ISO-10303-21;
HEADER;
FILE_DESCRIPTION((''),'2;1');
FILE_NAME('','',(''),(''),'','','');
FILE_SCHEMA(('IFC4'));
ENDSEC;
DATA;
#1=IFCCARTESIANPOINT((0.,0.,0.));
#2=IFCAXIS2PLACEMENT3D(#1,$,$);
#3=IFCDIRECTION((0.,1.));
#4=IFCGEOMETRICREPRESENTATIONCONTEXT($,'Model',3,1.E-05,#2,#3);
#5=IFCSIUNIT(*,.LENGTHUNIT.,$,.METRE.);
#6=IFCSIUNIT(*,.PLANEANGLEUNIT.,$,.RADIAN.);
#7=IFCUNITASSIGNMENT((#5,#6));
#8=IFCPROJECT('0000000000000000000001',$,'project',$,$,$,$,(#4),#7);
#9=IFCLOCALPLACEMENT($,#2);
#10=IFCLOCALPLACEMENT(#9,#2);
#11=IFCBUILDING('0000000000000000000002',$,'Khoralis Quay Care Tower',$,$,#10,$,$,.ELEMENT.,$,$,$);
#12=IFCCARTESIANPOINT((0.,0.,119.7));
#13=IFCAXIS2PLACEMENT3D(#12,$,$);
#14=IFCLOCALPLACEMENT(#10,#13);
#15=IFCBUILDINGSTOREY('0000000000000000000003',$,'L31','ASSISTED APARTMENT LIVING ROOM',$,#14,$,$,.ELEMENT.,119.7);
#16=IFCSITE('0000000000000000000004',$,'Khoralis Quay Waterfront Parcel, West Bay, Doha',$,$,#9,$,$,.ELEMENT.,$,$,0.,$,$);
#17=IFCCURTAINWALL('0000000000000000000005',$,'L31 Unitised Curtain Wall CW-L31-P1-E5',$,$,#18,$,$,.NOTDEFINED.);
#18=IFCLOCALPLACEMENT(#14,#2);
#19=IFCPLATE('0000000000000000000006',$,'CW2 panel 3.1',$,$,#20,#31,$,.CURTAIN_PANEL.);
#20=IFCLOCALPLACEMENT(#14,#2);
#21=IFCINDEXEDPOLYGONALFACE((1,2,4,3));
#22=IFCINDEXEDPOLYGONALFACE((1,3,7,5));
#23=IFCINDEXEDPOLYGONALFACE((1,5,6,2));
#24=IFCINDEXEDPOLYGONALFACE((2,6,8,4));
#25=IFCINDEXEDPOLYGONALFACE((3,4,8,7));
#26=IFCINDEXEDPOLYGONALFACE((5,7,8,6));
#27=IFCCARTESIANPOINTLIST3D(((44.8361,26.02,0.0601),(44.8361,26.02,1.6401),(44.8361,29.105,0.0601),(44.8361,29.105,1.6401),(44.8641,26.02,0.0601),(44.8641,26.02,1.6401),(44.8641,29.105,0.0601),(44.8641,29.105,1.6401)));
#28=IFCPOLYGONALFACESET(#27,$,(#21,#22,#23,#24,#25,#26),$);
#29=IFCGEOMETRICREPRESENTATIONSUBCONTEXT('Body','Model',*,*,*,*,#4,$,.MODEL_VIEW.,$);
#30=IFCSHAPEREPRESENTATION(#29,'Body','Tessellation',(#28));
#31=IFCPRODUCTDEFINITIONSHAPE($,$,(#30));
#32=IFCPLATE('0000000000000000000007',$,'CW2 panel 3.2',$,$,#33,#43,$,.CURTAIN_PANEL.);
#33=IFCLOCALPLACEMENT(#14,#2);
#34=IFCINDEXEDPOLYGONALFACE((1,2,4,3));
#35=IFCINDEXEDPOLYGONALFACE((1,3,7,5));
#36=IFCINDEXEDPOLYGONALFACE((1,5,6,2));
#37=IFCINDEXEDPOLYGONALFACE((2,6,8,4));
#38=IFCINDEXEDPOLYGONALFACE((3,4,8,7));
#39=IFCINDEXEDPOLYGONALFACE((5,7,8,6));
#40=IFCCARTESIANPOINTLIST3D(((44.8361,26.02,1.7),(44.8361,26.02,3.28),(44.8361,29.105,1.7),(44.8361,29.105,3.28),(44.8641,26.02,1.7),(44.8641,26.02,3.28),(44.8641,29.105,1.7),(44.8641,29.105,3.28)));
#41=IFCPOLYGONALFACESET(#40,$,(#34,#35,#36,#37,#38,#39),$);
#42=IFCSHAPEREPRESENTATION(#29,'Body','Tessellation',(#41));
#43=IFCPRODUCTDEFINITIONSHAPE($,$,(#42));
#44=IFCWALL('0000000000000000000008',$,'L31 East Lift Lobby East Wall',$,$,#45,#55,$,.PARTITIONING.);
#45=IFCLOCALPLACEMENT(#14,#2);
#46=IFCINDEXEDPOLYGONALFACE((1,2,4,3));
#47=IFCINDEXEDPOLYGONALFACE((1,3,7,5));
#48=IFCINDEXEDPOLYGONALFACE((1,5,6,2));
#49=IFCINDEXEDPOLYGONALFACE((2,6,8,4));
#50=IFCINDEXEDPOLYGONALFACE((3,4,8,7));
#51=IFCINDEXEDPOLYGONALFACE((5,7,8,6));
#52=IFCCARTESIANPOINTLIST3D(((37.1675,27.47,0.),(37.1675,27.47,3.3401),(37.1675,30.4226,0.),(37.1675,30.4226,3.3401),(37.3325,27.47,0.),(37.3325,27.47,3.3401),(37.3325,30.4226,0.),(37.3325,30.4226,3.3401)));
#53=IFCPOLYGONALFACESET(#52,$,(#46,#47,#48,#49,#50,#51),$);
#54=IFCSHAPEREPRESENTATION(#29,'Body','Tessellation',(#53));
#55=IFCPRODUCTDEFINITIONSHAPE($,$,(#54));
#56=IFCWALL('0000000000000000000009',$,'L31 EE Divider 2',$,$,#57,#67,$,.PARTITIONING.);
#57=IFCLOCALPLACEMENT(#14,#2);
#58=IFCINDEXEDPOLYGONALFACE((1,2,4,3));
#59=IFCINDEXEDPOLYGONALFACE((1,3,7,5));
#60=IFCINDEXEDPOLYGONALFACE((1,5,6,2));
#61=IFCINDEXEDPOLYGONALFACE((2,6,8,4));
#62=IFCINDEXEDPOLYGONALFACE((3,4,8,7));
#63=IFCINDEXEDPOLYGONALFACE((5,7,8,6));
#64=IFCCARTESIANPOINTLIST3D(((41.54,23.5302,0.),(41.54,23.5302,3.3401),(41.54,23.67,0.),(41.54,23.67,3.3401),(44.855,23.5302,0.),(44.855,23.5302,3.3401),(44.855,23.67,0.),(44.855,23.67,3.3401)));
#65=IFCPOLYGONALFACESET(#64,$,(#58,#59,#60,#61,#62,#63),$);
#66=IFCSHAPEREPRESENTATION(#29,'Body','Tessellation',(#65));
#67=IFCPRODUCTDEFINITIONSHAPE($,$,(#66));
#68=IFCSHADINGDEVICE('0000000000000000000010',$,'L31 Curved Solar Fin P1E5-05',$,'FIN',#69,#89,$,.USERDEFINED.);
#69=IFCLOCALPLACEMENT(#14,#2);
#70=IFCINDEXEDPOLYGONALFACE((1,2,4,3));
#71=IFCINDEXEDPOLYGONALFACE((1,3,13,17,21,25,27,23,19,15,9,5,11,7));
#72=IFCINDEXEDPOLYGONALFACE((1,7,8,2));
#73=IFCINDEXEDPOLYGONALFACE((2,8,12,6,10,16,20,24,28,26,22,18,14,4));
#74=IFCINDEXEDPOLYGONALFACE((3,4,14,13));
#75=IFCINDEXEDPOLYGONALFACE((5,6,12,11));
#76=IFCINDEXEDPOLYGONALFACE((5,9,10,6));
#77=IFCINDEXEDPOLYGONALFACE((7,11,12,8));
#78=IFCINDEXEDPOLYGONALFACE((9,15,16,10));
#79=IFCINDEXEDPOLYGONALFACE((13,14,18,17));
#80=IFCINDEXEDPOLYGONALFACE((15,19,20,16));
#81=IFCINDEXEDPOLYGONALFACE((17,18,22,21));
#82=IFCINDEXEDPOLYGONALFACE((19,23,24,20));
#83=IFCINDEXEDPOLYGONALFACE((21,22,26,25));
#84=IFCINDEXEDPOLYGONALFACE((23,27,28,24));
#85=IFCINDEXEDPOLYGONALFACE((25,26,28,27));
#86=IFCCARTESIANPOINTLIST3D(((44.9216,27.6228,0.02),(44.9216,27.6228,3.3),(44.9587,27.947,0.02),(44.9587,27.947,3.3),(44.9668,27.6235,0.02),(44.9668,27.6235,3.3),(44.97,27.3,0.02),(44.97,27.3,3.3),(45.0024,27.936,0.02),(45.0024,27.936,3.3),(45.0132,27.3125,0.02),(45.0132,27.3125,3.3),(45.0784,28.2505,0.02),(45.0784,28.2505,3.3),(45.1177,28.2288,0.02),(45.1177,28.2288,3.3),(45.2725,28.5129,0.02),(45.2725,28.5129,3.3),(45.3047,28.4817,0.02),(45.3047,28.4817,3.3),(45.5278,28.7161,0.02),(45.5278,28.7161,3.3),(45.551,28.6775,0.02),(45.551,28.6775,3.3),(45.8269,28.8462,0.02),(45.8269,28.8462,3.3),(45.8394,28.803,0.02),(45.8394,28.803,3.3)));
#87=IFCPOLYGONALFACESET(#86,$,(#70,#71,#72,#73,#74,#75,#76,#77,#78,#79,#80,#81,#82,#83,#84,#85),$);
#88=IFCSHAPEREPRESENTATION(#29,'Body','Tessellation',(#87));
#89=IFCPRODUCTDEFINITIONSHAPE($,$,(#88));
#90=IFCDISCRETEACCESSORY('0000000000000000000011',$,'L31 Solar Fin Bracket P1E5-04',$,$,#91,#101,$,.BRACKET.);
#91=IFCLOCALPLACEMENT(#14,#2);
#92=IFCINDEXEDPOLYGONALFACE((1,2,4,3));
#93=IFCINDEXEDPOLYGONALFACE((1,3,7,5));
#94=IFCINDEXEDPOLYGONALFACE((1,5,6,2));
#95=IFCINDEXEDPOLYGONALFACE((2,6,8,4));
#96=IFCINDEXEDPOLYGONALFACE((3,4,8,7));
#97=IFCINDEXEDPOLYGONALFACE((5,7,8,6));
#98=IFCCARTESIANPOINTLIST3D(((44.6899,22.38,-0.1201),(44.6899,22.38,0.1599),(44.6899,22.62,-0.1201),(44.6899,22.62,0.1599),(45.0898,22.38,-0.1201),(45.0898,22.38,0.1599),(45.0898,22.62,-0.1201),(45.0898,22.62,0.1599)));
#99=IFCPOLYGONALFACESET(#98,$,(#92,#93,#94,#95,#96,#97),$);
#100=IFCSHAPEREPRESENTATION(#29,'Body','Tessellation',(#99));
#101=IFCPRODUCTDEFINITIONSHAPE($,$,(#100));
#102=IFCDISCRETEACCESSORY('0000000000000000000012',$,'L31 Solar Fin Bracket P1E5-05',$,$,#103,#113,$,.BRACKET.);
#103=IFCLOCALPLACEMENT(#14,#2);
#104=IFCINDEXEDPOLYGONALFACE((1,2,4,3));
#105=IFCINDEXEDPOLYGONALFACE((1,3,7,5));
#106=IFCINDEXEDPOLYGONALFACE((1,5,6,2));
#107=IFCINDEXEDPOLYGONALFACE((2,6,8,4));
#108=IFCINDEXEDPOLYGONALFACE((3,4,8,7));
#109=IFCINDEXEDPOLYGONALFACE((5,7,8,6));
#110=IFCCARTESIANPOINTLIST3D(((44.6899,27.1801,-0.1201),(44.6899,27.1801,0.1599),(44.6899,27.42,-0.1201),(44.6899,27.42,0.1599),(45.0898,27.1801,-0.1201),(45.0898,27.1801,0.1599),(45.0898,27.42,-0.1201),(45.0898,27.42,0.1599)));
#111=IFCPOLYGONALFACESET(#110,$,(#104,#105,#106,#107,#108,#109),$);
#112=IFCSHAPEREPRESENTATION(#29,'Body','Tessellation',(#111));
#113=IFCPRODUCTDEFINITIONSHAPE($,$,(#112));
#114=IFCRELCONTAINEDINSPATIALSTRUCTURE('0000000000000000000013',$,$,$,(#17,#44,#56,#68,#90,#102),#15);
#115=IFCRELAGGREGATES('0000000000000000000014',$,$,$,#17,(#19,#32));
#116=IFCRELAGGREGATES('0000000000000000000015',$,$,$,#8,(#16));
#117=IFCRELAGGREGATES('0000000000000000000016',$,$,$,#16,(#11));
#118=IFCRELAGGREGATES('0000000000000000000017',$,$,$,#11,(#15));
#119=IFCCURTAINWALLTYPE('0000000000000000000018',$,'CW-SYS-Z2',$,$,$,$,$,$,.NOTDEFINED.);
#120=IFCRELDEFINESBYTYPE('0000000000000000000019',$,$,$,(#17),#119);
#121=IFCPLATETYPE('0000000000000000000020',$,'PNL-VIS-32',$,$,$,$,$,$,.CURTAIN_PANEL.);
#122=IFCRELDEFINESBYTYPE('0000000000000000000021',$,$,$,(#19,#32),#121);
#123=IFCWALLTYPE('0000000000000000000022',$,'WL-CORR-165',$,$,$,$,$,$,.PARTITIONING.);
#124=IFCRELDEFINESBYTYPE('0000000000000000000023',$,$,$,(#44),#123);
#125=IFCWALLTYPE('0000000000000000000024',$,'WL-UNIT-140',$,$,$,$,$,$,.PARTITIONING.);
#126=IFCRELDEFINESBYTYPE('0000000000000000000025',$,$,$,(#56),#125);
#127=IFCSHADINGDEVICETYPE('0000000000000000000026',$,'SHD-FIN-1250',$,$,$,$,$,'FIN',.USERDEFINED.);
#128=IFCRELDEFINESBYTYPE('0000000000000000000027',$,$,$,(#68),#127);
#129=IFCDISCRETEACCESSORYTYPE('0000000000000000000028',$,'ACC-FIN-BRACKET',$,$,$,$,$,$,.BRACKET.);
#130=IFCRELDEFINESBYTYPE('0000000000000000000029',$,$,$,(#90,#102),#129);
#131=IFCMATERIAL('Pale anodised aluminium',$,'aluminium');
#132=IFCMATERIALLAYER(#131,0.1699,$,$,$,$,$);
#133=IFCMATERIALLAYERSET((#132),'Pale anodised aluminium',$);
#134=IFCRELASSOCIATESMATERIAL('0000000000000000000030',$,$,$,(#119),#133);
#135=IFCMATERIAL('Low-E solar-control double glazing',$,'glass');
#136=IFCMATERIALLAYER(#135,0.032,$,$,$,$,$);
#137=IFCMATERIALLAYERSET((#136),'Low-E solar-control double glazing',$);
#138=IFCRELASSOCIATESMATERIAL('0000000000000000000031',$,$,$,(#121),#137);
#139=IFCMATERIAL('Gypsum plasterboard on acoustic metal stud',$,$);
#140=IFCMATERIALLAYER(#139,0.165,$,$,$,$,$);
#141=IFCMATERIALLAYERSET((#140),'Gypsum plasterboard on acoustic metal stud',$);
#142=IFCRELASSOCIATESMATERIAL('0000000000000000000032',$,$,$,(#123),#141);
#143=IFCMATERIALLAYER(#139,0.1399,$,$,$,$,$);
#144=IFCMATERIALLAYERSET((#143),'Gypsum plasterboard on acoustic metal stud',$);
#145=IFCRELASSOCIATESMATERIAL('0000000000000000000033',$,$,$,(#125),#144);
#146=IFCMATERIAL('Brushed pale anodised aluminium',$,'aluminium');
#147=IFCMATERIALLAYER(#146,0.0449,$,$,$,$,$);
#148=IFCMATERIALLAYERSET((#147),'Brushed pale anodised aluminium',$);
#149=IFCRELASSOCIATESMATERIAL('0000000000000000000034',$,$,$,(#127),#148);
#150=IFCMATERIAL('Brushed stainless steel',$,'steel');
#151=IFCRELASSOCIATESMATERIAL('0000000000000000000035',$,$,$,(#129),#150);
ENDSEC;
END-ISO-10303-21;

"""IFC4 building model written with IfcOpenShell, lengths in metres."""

from ifc_helpers import new_model, si_unit, direction, frame, frame_2d, origin, origin_2d, place, context, subcontext, project, spatial, polyline, rectangle, outline, extrude, source, transform, mapped, material, layer, layer_set, type_object, element, aggregate, save


model = new_model("IFC4")

# Units and contexts
model_context = context("Model", 3, precision=1e-05, world=origin(), true_north=direction((0.0, 1.0)))
body_context = subcontext(model_context, "Body", "Model", "MODEL_VIEW")
ifc_project = project(units=[si_unit("LENGTHUNIT", "METRE"), si_unit("PLANEANGLEUNIT", "RADIAN")], contexts=[model_context])

# Site, building, storey
site_placement = place(None, origin())
site = spatial("IfcSite", under=ifc_project, at=site_placement, Name="Khoralis Quay Waterfront Parcel, West Bay, Doha", CompositionType="ELEMENT", RefElevation=0.0)
building_placement = place(site_placement, origin())
building = spatial("IfcBuilding", under=site, at=building_placement, Name="Khoralis Quay Care Tower", CompositionType="ELEMENT")
storey_placement = place(building_placement, frame((0.0, 0.0, 119.7)))
storey = spatial("IfcBuildingStorey", under=building, at=storey_placement, Name="L31", Description="ASSISTED APARTMENT LIVING ROOM", CompositionType="ELEMENT", Elevation=119.7)

# Curtain wall, plates
ifc_material_1 = material(Name="Pale anodised aluminium", Category="aluminium")
ifc_layer_1 = layer(ifc_material_1, 0.1699)
ifc_layer_set_1 = layer_set([ifc_layer_1], Name="Pale anodised aluminium")
curtain_wall_type = type_object("IfcCurtainWallType", Name="CW-SYS-Z2", PredefinedType="NOTDEFINED", material=ifc_layer_set_1)
curtain_wall_placement = place(storey_placement, origin())
curtain_wall = element("IfcCurtainWall", 1, at=curtain_wall_placement, inside=storey, type_object=curtain_wall_type, Name="L31 Unitised Curtain Wall CW-L31-P1-E5", PredefinedType="NOTDEFINED")
ifc_material_2 = material(Name="Low-E solar-control double glazing", Category="glass")
ifc_layer_2 = layer(ifc_material_2, 0.032)
ifc_layer_set_2 = layer_set([ifc_layer_2], Name="Low-E solar-control double glazing")
plate_type = type_object("IfcPlateType", Name="PNL-VIS-32", PredefinedType="CURTAIN_PANEL", material=ifc_layer_set_2)
shared_shape_1 = source(origin(), body_context, "Body", "SweptSolid", [
    extrude(rectangle(XDim=3.085, YDim=0.0281, at=origin_2d()), origin(), (0.0, 0.0, 1.0), 1.5801),
])
plate_1_placement = place(storey_placement, frame((44.8501, 27.5625, 0.0601), z_axis=(0.0, 0.0, 1.0), x_axis=(0.0, 1.0, 0.0)))
plate_1 = element("IfcPlate", 2, at=plate_1_placement, type_object=plate_type, Name="CW2 panel 3.1", PredefinedType="CURTAIN_PANEL", context=body_context, shape_type="MappedRepresentation", body=[
    mapped(shared_shape_1, transform((0.0, 0.0, 0.0), scale=1.0)),
])
plate_2_placement = place(storey_placement, frame((44.8501, 27.5625, 1.7), z_axis=(0.0, 0.0, 1.0), x_axis=(0.0, 1.0, 0.0)))
plate_2 = element("IfcPlate", 3, at=plate_2_placement, type_object=plate_type, Name="CW2 panel 3.2", PredefinedType="CURTAIN_PANEL", context=body_context, shape_type="MappedRepresentation", body=[
    mapped(shared_shape_1, transform((0.0, 0.0, 0.0), scale=1.0)),
])
aggregate(curtain_wall, [plate_1, plate_2])

# Walls
ifc_material_3 = material(Name="Gypsum plasterboard on acoustic metal stud")
ifc_layer_3 = layer(ifc_material_3, 0.165)
ifc_layer_set_3 = layer_set([ifc_layer_3], Name="Gypsum plasterboard on acoustic metal stud")
wall_type_1 = type_object("IfcWallType", Name="WL-CORR-165", PredefinedType="PARTITIONING", material=ifc_layer_set_3)
wall_1_placement = place(storey_placement, frame((37.25, 27.47, 0.0), z_axis=(0.0, 0.0, 1.0), x_axis=(0.0, 1.0, 0.0)))
element("IfcWall", 4, at=wall_1_placement, inside=storey, type_object=wall_type_1, Name="L31 East Lift Lobby East Wall", PredefinedType="PARTITIONING", context=body_context, shape_type="SweptSolid", body=[
    extrude(rectangle(XDim=2.9526, YDim=0.165, at=frame_2d((1.4763, 0.0))), origin(), (0.0, 0.0, 1.0), 3.3401),
])
ifc_layer_4 = layer(ifc_material_3, 0.1399)
ifc_layer_set_4 = layer_set([ifc_layer_4], Name="Gypsum plasterboard on acoustic metal stud")
wall_type_2 = type_object("IfcWallType", Name="WL-UNIT-140", PredefinedType="PARTITIONING", material=ifc_layer_set_4)
wall_2_placement = place(storey_placement, frame((41.54, 23.6001, 0.0), z_axis=(0.0, 0.0, 1.0), x_axis=(1.0, 0.0, 0.0)))
element("IfcWall", 5, at=wall_2_placement, inside=storey, type_object=wall_type_2, Name="L31 EE Divider 2", PredefinedType="PARTITIONING", context=body_context, shape_type="SweptSolid", body=[
    extrude(rectangle(XDim=3.3149, YDim=0.1399, at=frame_2d((1.6575, 0.0))), origin(), (0.0, 0.0, 1.0), 3.3401),
])

# Shading device
ifc_material_4 = material(Name="Brushed pale anodised aluminium", Category="aluminium")
ifc_layer_5 = layer(ifc_material_4, 0.0449)
ifc_layer_set_5 = layer_set([ifc_layer_5], Name="Brushed pale anodised aluminium")
shading_device_type = type_object("IfcShadingDeviceType", Name="SHD-FIN-1250", ElementType="FIN", PredefinedType="USERDEFINED", material=ifc_layer_set_5)
shared_shape_2 = source(origin(), body_context, "Body", "SweptSolid", [
    extrude(outline(polyline([(0.0, 0.0), (-0.0483, 0.3228), (-0.0112, 0.647), (0.1084, 0.9504), (0.3025, 1.2129), (0.5579, 1.416), (0.8569, 1.5461), (0.8694, 1.5029), (0.5811, 1.3774), (0.3347, 1.1816), (0.1477, 0.9287), (0.0325, 0.636), (-0.0032, 0.3235), (0.0432, 0.0125), (0.0, 0.0)])), origin(), (0.0, 0.0, 1.0), 3.28),
])
shading_device_placement = place(storey_placement, frame((44.97, 27.3, 0.02), z_axis=(0.0, 0.0, 1.0), x_axis=(1.0, 0.0, 0.0)))
element("IfcShadingDevice", 6, at=shading_device_placement, inside=storey, type_object=shading_device_type, Name="L31 Curved Solar Fin P1E5-05", ObjectType="FIN", PredefinedType="USERDEFINED", context=body_context, shape_type="MappedRepresentation", body=[
    mapped(shared_shape_2, transform((0.0, 0.0, 0.0), scale=1.0)),
])

# Discrete accessories
ifc_material_5 = material(Name="Brushed stainless steel", Category="steel")
discrete_accessory_type = type_object("IfcDiscreteAccessoryType", Name="ACC-FIN-BRACKET", PredefinedType="BRACKET", material=ifc_material_5)
shared_shape_3 = source(origin(), body_context, "Body", "SweptSolid", [
    extrude(rectangle(XDim=0.3999, YDim=0.24, at=origin_2d()), origin(), (0.0, 0.0, 1.0), 0.28),
])
for number, where, z_axis, x_axis, name in (
    (7, (44.8899, 22.5, -0.1201), (0.0, 0.0, 1.0), (1.0, 0.0, 0.0), "L31 Solar Fin Bracket P1E5-04"),
    (8, (44.8899, 27.3, -0.1201), (0.0, 0.0, 1.0), (1.0, 0.0, 0.0), "L31 Solar Fin Bracket P1E5-05"),
):
    element("IfcDiscreteAccessory", number, at=place(storey_placement, frame(where, z_axis=z_axis, x_axis=x_axis)), inside=storey, type_object=discrete_accessory_type, Name=name, PredefinedType="BRACKET", context=body_context, shape_type="MappedRepresentation", body=[
        mapped(shared_shape_3, transform((0.0, 0.0, 0.0), scale=1.0)),
    ])

save(model, "model.ifc")
